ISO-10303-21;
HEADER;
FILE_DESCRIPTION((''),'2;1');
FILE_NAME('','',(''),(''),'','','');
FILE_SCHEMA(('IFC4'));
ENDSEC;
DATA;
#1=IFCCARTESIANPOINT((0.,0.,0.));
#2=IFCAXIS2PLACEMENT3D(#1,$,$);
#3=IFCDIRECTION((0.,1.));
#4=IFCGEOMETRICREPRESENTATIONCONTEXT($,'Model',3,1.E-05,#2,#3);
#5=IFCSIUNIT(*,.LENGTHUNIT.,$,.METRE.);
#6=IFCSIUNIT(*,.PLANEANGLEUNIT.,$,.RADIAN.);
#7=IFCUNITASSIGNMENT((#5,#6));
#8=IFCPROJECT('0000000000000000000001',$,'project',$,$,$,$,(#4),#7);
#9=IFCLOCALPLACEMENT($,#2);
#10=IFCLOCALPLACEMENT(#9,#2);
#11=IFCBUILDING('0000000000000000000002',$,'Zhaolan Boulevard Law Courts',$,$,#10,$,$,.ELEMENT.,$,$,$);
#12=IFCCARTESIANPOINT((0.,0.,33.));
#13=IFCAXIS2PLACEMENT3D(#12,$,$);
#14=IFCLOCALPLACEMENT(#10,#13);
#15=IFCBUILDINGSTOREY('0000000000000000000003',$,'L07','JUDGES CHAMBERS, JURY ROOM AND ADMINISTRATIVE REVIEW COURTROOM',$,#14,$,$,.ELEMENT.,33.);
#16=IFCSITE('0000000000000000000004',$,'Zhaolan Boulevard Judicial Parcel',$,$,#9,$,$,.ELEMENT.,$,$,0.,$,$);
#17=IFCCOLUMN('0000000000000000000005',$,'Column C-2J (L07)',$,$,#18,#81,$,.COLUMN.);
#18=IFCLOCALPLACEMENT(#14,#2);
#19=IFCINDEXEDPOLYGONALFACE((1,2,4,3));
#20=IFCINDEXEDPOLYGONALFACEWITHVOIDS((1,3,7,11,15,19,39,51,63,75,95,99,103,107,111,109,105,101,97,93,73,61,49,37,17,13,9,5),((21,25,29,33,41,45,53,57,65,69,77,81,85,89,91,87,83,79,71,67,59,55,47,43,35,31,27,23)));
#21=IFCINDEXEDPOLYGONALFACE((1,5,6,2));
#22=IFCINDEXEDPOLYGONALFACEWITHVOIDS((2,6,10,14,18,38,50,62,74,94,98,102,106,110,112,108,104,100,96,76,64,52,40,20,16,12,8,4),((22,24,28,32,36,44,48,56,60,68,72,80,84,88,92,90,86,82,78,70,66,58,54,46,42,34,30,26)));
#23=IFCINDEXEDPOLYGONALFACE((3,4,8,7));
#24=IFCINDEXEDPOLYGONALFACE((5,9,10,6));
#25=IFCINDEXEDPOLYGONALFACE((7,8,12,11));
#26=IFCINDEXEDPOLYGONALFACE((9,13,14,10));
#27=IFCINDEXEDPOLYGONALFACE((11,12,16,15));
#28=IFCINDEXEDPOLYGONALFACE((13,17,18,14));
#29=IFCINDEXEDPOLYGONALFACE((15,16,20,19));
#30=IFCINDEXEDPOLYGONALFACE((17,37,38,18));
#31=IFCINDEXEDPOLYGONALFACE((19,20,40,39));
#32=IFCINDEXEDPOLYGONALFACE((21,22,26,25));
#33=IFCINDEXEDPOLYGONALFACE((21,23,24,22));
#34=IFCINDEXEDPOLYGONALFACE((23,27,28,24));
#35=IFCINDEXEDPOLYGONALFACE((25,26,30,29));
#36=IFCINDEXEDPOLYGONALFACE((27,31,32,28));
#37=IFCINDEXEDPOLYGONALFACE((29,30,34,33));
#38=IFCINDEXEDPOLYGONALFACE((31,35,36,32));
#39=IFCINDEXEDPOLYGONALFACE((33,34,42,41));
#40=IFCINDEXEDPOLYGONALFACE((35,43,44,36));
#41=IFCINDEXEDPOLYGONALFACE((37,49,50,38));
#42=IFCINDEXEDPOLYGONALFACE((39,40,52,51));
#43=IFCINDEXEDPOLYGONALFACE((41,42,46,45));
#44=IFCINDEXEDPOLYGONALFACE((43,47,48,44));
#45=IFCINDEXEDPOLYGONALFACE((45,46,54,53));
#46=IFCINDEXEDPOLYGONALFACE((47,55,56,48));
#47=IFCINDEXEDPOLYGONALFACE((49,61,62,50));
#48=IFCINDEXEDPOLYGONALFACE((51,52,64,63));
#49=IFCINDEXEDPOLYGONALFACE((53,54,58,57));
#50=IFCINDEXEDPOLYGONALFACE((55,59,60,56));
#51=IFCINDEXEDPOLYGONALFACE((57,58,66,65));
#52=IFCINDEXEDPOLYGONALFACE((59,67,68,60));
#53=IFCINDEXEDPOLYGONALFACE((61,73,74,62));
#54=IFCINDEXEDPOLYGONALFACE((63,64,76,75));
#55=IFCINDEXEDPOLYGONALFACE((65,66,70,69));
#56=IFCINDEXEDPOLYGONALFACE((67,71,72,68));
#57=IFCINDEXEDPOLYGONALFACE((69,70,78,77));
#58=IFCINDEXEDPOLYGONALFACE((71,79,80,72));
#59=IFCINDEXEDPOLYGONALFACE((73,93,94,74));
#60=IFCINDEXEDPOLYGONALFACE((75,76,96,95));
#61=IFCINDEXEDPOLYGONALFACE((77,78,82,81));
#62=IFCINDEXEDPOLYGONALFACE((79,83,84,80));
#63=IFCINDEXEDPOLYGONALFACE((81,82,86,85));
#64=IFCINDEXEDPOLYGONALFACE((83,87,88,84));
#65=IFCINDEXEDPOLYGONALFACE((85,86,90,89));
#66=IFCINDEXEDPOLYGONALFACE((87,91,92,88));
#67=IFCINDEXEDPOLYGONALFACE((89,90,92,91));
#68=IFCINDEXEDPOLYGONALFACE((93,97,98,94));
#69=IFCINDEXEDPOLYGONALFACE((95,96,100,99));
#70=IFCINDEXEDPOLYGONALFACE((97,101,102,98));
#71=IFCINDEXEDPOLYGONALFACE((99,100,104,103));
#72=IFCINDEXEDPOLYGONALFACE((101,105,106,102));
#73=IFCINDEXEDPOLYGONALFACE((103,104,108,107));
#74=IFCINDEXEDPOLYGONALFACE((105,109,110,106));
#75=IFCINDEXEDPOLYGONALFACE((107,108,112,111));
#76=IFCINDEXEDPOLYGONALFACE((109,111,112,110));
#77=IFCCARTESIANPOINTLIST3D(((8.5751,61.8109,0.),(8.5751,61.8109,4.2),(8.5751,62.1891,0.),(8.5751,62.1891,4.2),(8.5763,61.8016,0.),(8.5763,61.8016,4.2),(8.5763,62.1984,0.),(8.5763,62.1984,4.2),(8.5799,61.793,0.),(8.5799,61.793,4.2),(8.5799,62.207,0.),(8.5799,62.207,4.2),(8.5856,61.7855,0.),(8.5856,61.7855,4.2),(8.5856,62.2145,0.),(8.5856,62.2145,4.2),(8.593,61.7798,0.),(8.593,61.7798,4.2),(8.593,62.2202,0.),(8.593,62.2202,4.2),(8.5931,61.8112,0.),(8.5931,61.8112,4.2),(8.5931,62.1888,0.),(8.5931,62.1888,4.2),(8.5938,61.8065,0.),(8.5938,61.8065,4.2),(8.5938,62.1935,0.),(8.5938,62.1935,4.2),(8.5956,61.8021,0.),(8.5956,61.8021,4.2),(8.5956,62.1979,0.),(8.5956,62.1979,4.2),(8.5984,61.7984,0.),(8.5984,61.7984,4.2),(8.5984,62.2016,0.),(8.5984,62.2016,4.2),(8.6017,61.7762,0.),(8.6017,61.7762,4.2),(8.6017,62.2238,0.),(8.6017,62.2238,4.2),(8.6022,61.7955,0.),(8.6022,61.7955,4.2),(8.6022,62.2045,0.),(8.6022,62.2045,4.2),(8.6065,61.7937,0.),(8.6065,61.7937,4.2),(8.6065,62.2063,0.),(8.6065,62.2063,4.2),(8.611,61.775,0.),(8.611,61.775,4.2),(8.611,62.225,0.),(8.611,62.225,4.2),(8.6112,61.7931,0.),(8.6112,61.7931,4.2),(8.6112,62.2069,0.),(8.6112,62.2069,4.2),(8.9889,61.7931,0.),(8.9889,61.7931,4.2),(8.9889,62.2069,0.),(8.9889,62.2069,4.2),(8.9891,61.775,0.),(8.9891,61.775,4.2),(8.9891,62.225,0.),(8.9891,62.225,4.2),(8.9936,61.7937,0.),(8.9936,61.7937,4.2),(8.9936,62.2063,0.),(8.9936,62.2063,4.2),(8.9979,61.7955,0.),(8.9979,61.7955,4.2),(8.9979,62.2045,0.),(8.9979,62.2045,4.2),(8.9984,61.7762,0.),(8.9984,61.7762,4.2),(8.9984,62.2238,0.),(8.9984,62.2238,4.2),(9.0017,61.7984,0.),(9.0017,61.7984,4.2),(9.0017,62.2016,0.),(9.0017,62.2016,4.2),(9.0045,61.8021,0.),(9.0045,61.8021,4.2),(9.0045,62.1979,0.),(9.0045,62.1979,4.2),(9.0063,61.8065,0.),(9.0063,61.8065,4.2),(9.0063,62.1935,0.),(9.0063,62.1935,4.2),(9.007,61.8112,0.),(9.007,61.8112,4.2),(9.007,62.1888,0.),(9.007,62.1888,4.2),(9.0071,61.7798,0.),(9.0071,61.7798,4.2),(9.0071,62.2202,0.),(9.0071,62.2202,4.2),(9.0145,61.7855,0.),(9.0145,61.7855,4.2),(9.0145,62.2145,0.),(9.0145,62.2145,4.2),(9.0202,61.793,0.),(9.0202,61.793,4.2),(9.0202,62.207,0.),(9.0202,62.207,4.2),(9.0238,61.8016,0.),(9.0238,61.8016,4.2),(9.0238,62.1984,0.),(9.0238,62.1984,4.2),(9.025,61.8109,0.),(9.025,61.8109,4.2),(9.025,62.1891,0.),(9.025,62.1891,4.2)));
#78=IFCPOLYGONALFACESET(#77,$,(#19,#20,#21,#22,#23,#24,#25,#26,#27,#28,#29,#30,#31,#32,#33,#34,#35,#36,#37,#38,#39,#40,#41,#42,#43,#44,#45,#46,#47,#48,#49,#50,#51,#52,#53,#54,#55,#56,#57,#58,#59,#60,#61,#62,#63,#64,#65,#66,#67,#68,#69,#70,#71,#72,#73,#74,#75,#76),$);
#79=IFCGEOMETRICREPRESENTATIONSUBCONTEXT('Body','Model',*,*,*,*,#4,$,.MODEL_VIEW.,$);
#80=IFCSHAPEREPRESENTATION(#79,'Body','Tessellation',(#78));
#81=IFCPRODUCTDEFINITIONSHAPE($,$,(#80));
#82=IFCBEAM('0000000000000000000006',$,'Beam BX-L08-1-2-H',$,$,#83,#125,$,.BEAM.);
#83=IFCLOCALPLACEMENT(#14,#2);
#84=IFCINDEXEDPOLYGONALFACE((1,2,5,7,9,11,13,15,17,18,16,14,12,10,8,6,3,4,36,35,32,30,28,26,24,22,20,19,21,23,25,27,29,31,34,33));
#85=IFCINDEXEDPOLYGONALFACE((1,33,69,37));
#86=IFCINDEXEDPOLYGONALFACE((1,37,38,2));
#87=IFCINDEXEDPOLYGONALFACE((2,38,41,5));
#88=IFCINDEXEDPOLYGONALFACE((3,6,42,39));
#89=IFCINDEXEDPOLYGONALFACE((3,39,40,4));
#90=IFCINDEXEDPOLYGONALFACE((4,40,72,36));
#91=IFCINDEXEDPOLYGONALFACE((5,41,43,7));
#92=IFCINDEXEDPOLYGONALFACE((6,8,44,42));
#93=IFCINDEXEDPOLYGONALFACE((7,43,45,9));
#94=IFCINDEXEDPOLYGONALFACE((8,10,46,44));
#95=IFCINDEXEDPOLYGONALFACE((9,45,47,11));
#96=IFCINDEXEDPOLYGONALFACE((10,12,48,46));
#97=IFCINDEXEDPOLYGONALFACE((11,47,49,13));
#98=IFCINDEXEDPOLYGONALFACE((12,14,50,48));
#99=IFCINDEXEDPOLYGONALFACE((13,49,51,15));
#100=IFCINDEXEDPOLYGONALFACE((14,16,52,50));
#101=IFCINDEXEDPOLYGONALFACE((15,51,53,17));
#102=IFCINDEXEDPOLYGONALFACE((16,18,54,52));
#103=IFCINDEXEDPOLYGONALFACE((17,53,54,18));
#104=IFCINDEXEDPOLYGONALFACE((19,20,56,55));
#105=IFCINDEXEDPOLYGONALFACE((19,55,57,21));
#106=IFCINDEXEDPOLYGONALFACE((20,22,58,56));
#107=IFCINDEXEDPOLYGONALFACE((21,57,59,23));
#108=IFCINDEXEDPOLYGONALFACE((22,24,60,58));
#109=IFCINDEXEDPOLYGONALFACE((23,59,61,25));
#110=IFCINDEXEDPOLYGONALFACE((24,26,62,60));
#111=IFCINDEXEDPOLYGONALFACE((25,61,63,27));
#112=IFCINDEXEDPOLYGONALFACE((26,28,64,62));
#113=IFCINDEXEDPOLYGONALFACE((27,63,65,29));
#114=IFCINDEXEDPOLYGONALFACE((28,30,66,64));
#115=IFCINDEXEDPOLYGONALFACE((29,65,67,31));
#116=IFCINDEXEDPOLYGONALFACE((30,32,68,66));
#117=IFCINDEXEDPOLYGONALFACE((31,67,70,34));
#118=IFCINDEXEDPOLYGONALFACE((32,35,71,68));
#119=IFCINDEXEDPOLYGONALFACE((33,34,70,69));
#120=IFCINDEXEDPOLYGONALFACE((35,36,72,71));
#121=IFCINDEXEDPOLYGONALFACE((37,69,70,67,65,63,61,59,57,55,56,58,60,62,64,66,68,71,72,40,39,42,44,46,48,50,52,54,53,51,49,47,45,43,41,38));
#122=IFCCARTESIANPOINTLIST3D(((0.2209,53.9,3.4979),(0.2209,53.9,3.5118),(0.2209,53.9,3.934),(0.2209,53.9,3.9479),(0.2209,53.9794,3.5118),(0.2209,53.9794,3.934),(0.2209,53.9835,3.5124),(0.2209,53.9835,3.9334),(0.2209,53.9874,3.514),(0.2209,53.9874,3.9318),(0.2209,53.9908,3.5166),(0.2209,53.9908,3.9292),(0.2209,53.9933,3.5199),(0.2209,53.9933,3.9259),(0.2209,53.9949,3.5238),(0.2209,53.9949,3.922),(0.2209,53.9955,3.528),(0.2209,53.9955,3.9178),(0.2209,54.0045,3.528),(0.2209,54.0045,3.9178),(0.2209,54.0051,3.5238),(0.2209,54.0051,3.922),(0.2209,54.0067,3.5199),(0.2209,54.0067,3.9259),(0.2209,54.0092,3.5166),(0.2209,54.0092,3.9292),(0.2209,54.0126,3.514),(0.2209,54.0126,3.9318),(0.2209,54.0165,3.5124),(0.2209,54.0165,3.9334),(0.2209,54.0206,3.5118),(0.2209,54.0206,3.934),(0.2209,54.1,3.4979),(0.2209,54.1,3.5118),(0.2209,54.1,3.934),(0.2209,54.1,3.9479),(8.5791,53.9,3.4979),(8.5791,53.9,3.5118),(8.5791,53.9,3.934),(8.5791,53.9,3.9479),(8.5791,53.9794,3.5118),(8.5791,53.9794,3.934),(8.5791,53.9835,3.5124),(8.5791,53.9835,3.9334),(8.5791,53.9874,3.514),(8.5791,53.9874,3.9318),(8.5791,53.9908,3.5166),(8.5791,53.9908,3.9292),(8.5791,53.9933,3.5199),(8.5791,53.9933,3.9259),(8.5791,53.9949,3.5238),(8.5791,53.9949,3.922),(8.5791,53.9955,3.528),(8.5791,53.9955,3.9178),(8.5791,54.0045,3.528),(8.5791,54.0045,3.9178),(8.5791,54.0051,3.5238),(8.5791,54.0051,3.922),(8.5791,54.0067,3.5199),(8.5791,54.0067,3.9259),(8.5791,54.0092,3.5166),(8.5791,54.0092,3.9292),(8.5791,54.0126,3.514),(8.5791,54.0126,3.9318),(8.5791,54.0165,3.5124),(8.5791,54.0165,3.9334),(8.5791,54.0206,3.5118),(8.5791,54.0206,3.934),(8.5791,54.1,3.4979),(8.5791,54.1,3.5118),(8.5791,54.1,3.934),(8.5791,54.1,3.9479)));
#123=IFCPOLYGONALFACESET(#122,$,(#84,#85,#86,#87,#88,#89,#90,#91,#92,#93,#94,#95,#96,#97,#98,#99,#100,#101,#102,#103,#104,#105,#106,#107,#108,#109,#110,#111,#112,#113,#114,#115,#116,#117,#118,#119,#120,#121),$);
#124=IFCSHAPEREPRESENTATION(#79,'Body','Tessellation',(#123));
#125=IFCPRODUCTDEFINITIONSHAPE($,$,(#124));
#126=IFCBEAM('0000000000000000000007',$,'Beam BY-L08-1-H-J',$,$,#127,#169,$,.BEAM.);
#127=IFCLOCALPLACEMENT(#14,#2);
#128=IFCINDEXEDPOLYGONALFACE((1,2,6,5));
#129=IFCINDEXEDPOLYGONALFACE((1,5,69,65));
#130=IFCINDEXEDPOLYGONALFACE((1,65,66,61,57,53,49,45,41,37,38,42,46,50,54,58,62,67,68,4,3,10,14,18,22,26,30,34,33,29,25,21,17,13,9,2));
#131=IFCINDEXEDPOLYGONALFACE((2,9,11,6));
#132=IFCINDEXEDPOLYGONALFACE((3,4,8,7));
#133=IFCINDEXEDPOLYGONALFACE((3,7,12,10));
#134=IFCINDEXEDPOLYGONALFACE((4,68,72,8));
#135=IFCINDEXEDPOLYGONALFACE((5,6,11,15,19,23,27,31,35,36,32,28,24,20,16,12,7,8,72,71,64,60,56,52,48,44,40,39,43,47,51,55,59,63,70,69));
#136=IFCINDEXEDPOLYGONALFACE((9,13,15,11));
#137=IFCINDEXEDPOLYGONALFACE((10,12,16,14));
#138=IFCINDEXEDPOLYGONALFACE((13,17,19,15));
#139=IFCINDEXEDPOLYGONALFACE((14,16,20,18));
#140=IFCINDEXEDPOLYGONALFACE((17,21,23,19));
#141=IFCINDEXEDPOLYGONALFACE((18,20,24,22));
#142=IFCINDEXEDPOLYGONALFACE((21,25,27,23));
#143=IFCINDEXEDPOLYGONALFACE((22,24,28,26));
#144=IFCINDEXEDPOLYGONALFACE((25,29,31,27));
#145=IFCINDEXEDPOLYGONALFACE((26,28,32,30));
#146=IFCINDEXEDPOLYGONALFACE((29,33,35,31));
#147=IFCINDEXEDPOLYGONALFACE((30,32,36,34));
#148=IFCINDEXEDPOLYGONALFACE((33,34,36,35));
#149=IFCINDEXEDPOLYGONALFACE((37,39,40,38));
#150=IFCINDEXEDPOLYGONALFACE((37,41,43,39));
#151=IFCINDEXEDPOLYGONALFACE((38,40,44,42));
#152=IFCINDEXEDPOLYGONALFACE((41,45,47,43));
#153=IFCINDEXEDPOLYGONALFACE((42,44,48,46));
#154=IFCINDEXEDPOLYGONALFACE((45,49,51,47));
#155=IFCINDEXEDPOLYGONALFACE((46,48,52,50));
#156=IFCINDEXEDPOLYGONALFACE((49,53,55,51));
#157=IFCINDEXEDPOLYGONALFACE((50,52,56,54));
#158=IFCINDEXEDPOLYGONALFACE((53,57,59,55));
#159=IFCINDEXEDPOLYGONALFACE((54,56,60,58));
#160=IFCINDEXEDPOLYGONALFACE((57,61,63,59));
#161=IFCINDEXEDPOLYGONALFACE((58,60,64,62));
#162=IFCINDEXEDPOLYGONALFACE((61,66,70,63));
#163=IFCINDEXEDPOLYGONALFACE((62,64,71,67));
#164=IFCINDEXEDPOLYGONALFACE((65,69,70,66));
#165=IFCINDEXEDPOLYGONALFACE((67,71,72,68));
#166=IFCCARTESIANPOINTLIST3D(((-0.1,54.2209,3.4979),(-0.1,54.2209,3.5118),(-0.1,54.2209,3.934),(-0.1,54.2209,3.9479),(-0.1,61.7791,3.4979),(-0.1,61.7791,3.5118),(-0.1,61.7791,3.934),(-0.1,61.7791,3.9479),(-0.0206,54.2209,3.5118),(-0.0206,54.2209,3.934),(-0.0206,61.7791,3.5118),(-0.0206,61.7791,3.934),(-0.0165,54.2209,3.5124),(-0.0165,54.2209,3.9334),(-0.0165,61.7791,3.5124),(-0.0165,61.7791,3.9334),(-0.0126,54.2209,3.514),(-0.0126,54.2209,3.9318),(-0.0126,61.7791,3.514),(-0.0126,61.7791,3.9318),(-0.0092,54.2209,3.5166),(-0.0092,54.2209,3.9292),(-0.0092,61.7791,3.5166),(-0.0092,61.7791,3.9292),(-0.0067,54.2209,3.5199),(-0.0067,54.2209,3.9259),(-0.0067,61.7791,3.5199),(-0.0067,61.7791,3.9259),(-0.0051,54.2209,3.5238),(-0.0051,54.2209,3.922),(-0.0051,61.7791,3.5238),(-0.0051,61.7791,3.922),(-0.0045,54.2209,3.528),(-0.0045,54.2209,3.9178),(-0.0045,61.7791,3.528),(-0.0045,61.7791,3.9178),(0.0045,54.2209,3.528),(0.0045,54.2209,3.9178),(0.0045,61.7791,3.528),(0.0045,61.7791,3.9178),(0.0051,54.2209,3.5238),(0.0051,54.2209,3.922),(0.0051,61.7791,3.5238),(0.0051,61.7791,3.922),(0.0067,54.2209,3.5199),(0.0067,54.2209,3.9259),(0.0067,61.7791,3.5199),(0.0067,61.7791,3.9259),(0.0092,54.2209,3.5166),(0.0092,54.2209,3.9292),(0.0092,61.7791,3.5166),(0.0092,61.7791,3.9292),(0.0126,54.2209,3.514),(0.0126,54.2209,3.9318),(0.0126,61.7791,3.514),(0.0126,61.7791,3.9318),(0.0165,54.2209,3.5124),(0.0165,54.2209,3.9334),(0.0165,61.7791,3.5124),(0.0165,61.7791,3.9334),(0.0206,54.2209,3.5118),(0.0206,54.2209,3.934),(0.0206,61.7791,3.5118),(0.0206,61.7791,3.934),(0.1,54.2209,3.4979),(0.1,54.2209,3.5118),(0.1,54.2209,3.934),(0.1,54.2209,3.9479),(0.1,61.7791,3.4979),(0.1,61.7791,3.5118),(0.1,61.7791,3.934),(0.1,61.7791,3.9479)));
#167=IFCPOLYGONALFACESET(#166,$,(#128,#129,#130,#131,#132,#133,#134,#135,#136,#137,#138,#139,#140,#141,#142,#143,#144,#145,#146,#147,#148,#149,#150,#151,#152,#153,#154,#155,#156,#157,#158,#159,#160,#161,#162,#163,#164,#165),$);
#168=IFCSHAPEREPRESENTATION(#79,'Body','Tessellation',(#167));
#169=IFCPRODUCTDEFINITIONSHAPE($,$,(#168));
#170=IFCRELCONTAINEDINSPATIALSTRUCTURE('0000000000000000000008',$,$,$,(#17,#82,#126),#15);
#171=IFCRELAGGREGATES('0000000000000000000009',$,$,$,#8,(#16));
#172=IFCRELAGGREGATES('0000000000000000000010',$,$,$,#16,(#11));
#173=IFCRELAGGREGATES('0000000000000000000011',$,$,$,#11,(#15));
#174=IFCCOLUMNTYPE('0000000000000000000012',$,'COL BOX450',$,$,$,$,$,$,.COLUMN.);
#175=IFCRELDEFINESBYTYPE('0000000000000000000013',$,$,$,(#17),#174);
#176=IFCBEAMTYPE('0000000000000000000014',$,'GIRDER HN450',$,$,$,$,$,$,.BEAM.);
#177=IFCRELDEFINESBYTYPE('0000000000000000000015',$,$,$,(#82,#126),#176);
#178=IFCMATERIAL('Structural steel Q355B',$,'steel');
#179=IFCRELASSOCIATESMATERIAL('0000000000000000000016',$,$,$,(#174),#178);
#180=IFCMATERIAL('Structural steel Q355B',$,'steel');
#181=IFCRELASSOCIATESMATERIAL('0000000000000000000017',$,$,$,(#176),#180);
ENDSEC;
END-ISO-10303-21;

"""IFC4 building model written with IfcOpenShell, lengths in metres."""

from ifc_helpers import new_model, si_unit, direction, frame, origin, origin_2d, place, context, subcontext, project, spatial, hollow_rectangle, i_section, extrude, material, material_profile, profile_set, type_object, element, save


model = new_model("IFC4")

# Units and contexts
model_context = context("Model", 3, precision=1e-05, world=origin(), true_north=direction((0.0, 1.0)))
body_context = subcontext(model_context, "Body", "Model", "MODEL_VIEW")
ifc_project = project(units=[si_unit("LENGTHUNIT", "METRE"), si_unit("PLANEANGLEUNIT", "RADIAN")], contexts=[model_context])

# Site, building, storey
site_placement = place(None, origin())
site = spatial("IfcSite", under=ifc_project, at=site_placement, Name="Zhaolan Boulevard Judicial Parcel", CompositionType="ELEMENT", RefElevation=0.0)
building_placement = place(site_placement, origin())
building = spatial("IfcBuilding", under=site, at=building_placement, Name="Zhaolan Boulevard Law Courts", CompositionType="ELEMENT")
storey_placement = place(building_placement, frame((0.0, 0.0, 33.0)))
storey = spatial("IfcBuildingStorey", under=building, at=storey_placement, Name="L07", Description="JUDGES CHAMBERS, JURY ROOM AND ADMINISTRATIVE REVIEW COURTROOM", CompositionType="ELEMENT", Elevation=33.0)

# Column
ifc_material_1 = material(Name="Structural steel Q355B", Category="steel")
ifc_material_profile_1 = material_profile(ifc_material_1, hollow_rectangle(XDim=0.45, YDim=0.45, WallThickness=0.0181, InnerFilletRadius=0.0181, OuterFilletRadius=0.0359, at=origin_2d()), Name="BOX450x450x18")
ifc_profile_set_1 = profile_set([ifc_material_profile_1], Name="Structural steel Q355B")
column_type = type_object("IfcColumnType", Name="COL BOX450", PredefinedType="COLUMN", material=ifc_profile_set_1)
for number, where, z_axis, x_axis, name in (
    (1, (8.8, 62.0, 0.0), (0.0, 0.0, 1.0), (1.0, 0.0, 0.0), "Column C-2J (L07)"),
):
    element("IfcColumn", number, at=place(storey_placement, frame(where, z_axis=z_axis, x_axis=x_axis)), inside=storey, type_object=column_type, Name=name, PredefinedType="COLUMN", context=body_context, shape_type="SweptSolid", body=[
        extrude(hollow_rectangle(XDim=0.45, YDim=0.45, WallThickness=0.0181, InnerFilletRadius=0.0181, OuterFilletRadius=0.0359, at=origin_2d()), origin(), (0.0, 0.0, 1.0), 4.2),
    ])

# Beams
ifc_material_2 = material(Name="Structural steel Q355B", Category="steel")
ifc_material_profile_2 = material_profile(ifc_material_2, i_section(OverallWidth=0.2, OverallDepth=0.45, WebThickness=0.009, FlangeThickness=0.0139, FilletRadius=0.0161, at=origin_2d()), Name="HN450x200")
ifc_profile_set_2 = profile_set([ifc_material_profile_2], Name="Structural steel Q355B")
beam_type_1 = type_object("IfcBeamType", Name="GIRDER HN450", PredefinedType="BEAM", material=ifc_profile_set_2)
beam_1_placement = place(storey_placement, frame((0.2209, 54.0, 3.7229), z_axis=(1.0, 0.0, 0.0), x_axis=(0.0, 1.0, 0.0)))
element("IfcBeam", 2, at=beam_1_placement, inside=storey, type_object=beam_type_1, Name="Beam BX-L08-1-2-H", PredefinedType="BEAM", context=body_context, shape_type="SweptSolid", body=[
    extrude(i_section(OverallWidth=0.2, OverallDepth=0.45, WebThickness=0.009, FlangeThickness=0.0139, FilletRadius=0.0161, at=origin_2d()), origin(), (0.0, 0.0, 1.0), 8.3582),
])
for number, where, z_axis, x_axis, name in (
    (3, (0.0, 54.2209, 3.7229), (0.0, 1.0, 0.0), (-1.0, 0.0, 0.0), "Beam BY-L08-1-H-J"),
):
    element("IfcBeam", number, at=place(storey_placement, frame(where, z_axis=z_axis, x_axis=x_axis)), inside=storey, type_object=beam_type_1, Name=name, PredefinedType="BEAM", context=body_context, shape_type="SweptSolid", body=[
        extrude(i_section(OverallWidth=0.2, OverallDepth=0.45, WebThickness=0.009, FlangeThickness=0.0139, FilletRadius=0.0161, at=origin_2d()), origin(), (0.0, 0.0, 1.0), 7.5581),
    ])

save(model, "model.ifc")
